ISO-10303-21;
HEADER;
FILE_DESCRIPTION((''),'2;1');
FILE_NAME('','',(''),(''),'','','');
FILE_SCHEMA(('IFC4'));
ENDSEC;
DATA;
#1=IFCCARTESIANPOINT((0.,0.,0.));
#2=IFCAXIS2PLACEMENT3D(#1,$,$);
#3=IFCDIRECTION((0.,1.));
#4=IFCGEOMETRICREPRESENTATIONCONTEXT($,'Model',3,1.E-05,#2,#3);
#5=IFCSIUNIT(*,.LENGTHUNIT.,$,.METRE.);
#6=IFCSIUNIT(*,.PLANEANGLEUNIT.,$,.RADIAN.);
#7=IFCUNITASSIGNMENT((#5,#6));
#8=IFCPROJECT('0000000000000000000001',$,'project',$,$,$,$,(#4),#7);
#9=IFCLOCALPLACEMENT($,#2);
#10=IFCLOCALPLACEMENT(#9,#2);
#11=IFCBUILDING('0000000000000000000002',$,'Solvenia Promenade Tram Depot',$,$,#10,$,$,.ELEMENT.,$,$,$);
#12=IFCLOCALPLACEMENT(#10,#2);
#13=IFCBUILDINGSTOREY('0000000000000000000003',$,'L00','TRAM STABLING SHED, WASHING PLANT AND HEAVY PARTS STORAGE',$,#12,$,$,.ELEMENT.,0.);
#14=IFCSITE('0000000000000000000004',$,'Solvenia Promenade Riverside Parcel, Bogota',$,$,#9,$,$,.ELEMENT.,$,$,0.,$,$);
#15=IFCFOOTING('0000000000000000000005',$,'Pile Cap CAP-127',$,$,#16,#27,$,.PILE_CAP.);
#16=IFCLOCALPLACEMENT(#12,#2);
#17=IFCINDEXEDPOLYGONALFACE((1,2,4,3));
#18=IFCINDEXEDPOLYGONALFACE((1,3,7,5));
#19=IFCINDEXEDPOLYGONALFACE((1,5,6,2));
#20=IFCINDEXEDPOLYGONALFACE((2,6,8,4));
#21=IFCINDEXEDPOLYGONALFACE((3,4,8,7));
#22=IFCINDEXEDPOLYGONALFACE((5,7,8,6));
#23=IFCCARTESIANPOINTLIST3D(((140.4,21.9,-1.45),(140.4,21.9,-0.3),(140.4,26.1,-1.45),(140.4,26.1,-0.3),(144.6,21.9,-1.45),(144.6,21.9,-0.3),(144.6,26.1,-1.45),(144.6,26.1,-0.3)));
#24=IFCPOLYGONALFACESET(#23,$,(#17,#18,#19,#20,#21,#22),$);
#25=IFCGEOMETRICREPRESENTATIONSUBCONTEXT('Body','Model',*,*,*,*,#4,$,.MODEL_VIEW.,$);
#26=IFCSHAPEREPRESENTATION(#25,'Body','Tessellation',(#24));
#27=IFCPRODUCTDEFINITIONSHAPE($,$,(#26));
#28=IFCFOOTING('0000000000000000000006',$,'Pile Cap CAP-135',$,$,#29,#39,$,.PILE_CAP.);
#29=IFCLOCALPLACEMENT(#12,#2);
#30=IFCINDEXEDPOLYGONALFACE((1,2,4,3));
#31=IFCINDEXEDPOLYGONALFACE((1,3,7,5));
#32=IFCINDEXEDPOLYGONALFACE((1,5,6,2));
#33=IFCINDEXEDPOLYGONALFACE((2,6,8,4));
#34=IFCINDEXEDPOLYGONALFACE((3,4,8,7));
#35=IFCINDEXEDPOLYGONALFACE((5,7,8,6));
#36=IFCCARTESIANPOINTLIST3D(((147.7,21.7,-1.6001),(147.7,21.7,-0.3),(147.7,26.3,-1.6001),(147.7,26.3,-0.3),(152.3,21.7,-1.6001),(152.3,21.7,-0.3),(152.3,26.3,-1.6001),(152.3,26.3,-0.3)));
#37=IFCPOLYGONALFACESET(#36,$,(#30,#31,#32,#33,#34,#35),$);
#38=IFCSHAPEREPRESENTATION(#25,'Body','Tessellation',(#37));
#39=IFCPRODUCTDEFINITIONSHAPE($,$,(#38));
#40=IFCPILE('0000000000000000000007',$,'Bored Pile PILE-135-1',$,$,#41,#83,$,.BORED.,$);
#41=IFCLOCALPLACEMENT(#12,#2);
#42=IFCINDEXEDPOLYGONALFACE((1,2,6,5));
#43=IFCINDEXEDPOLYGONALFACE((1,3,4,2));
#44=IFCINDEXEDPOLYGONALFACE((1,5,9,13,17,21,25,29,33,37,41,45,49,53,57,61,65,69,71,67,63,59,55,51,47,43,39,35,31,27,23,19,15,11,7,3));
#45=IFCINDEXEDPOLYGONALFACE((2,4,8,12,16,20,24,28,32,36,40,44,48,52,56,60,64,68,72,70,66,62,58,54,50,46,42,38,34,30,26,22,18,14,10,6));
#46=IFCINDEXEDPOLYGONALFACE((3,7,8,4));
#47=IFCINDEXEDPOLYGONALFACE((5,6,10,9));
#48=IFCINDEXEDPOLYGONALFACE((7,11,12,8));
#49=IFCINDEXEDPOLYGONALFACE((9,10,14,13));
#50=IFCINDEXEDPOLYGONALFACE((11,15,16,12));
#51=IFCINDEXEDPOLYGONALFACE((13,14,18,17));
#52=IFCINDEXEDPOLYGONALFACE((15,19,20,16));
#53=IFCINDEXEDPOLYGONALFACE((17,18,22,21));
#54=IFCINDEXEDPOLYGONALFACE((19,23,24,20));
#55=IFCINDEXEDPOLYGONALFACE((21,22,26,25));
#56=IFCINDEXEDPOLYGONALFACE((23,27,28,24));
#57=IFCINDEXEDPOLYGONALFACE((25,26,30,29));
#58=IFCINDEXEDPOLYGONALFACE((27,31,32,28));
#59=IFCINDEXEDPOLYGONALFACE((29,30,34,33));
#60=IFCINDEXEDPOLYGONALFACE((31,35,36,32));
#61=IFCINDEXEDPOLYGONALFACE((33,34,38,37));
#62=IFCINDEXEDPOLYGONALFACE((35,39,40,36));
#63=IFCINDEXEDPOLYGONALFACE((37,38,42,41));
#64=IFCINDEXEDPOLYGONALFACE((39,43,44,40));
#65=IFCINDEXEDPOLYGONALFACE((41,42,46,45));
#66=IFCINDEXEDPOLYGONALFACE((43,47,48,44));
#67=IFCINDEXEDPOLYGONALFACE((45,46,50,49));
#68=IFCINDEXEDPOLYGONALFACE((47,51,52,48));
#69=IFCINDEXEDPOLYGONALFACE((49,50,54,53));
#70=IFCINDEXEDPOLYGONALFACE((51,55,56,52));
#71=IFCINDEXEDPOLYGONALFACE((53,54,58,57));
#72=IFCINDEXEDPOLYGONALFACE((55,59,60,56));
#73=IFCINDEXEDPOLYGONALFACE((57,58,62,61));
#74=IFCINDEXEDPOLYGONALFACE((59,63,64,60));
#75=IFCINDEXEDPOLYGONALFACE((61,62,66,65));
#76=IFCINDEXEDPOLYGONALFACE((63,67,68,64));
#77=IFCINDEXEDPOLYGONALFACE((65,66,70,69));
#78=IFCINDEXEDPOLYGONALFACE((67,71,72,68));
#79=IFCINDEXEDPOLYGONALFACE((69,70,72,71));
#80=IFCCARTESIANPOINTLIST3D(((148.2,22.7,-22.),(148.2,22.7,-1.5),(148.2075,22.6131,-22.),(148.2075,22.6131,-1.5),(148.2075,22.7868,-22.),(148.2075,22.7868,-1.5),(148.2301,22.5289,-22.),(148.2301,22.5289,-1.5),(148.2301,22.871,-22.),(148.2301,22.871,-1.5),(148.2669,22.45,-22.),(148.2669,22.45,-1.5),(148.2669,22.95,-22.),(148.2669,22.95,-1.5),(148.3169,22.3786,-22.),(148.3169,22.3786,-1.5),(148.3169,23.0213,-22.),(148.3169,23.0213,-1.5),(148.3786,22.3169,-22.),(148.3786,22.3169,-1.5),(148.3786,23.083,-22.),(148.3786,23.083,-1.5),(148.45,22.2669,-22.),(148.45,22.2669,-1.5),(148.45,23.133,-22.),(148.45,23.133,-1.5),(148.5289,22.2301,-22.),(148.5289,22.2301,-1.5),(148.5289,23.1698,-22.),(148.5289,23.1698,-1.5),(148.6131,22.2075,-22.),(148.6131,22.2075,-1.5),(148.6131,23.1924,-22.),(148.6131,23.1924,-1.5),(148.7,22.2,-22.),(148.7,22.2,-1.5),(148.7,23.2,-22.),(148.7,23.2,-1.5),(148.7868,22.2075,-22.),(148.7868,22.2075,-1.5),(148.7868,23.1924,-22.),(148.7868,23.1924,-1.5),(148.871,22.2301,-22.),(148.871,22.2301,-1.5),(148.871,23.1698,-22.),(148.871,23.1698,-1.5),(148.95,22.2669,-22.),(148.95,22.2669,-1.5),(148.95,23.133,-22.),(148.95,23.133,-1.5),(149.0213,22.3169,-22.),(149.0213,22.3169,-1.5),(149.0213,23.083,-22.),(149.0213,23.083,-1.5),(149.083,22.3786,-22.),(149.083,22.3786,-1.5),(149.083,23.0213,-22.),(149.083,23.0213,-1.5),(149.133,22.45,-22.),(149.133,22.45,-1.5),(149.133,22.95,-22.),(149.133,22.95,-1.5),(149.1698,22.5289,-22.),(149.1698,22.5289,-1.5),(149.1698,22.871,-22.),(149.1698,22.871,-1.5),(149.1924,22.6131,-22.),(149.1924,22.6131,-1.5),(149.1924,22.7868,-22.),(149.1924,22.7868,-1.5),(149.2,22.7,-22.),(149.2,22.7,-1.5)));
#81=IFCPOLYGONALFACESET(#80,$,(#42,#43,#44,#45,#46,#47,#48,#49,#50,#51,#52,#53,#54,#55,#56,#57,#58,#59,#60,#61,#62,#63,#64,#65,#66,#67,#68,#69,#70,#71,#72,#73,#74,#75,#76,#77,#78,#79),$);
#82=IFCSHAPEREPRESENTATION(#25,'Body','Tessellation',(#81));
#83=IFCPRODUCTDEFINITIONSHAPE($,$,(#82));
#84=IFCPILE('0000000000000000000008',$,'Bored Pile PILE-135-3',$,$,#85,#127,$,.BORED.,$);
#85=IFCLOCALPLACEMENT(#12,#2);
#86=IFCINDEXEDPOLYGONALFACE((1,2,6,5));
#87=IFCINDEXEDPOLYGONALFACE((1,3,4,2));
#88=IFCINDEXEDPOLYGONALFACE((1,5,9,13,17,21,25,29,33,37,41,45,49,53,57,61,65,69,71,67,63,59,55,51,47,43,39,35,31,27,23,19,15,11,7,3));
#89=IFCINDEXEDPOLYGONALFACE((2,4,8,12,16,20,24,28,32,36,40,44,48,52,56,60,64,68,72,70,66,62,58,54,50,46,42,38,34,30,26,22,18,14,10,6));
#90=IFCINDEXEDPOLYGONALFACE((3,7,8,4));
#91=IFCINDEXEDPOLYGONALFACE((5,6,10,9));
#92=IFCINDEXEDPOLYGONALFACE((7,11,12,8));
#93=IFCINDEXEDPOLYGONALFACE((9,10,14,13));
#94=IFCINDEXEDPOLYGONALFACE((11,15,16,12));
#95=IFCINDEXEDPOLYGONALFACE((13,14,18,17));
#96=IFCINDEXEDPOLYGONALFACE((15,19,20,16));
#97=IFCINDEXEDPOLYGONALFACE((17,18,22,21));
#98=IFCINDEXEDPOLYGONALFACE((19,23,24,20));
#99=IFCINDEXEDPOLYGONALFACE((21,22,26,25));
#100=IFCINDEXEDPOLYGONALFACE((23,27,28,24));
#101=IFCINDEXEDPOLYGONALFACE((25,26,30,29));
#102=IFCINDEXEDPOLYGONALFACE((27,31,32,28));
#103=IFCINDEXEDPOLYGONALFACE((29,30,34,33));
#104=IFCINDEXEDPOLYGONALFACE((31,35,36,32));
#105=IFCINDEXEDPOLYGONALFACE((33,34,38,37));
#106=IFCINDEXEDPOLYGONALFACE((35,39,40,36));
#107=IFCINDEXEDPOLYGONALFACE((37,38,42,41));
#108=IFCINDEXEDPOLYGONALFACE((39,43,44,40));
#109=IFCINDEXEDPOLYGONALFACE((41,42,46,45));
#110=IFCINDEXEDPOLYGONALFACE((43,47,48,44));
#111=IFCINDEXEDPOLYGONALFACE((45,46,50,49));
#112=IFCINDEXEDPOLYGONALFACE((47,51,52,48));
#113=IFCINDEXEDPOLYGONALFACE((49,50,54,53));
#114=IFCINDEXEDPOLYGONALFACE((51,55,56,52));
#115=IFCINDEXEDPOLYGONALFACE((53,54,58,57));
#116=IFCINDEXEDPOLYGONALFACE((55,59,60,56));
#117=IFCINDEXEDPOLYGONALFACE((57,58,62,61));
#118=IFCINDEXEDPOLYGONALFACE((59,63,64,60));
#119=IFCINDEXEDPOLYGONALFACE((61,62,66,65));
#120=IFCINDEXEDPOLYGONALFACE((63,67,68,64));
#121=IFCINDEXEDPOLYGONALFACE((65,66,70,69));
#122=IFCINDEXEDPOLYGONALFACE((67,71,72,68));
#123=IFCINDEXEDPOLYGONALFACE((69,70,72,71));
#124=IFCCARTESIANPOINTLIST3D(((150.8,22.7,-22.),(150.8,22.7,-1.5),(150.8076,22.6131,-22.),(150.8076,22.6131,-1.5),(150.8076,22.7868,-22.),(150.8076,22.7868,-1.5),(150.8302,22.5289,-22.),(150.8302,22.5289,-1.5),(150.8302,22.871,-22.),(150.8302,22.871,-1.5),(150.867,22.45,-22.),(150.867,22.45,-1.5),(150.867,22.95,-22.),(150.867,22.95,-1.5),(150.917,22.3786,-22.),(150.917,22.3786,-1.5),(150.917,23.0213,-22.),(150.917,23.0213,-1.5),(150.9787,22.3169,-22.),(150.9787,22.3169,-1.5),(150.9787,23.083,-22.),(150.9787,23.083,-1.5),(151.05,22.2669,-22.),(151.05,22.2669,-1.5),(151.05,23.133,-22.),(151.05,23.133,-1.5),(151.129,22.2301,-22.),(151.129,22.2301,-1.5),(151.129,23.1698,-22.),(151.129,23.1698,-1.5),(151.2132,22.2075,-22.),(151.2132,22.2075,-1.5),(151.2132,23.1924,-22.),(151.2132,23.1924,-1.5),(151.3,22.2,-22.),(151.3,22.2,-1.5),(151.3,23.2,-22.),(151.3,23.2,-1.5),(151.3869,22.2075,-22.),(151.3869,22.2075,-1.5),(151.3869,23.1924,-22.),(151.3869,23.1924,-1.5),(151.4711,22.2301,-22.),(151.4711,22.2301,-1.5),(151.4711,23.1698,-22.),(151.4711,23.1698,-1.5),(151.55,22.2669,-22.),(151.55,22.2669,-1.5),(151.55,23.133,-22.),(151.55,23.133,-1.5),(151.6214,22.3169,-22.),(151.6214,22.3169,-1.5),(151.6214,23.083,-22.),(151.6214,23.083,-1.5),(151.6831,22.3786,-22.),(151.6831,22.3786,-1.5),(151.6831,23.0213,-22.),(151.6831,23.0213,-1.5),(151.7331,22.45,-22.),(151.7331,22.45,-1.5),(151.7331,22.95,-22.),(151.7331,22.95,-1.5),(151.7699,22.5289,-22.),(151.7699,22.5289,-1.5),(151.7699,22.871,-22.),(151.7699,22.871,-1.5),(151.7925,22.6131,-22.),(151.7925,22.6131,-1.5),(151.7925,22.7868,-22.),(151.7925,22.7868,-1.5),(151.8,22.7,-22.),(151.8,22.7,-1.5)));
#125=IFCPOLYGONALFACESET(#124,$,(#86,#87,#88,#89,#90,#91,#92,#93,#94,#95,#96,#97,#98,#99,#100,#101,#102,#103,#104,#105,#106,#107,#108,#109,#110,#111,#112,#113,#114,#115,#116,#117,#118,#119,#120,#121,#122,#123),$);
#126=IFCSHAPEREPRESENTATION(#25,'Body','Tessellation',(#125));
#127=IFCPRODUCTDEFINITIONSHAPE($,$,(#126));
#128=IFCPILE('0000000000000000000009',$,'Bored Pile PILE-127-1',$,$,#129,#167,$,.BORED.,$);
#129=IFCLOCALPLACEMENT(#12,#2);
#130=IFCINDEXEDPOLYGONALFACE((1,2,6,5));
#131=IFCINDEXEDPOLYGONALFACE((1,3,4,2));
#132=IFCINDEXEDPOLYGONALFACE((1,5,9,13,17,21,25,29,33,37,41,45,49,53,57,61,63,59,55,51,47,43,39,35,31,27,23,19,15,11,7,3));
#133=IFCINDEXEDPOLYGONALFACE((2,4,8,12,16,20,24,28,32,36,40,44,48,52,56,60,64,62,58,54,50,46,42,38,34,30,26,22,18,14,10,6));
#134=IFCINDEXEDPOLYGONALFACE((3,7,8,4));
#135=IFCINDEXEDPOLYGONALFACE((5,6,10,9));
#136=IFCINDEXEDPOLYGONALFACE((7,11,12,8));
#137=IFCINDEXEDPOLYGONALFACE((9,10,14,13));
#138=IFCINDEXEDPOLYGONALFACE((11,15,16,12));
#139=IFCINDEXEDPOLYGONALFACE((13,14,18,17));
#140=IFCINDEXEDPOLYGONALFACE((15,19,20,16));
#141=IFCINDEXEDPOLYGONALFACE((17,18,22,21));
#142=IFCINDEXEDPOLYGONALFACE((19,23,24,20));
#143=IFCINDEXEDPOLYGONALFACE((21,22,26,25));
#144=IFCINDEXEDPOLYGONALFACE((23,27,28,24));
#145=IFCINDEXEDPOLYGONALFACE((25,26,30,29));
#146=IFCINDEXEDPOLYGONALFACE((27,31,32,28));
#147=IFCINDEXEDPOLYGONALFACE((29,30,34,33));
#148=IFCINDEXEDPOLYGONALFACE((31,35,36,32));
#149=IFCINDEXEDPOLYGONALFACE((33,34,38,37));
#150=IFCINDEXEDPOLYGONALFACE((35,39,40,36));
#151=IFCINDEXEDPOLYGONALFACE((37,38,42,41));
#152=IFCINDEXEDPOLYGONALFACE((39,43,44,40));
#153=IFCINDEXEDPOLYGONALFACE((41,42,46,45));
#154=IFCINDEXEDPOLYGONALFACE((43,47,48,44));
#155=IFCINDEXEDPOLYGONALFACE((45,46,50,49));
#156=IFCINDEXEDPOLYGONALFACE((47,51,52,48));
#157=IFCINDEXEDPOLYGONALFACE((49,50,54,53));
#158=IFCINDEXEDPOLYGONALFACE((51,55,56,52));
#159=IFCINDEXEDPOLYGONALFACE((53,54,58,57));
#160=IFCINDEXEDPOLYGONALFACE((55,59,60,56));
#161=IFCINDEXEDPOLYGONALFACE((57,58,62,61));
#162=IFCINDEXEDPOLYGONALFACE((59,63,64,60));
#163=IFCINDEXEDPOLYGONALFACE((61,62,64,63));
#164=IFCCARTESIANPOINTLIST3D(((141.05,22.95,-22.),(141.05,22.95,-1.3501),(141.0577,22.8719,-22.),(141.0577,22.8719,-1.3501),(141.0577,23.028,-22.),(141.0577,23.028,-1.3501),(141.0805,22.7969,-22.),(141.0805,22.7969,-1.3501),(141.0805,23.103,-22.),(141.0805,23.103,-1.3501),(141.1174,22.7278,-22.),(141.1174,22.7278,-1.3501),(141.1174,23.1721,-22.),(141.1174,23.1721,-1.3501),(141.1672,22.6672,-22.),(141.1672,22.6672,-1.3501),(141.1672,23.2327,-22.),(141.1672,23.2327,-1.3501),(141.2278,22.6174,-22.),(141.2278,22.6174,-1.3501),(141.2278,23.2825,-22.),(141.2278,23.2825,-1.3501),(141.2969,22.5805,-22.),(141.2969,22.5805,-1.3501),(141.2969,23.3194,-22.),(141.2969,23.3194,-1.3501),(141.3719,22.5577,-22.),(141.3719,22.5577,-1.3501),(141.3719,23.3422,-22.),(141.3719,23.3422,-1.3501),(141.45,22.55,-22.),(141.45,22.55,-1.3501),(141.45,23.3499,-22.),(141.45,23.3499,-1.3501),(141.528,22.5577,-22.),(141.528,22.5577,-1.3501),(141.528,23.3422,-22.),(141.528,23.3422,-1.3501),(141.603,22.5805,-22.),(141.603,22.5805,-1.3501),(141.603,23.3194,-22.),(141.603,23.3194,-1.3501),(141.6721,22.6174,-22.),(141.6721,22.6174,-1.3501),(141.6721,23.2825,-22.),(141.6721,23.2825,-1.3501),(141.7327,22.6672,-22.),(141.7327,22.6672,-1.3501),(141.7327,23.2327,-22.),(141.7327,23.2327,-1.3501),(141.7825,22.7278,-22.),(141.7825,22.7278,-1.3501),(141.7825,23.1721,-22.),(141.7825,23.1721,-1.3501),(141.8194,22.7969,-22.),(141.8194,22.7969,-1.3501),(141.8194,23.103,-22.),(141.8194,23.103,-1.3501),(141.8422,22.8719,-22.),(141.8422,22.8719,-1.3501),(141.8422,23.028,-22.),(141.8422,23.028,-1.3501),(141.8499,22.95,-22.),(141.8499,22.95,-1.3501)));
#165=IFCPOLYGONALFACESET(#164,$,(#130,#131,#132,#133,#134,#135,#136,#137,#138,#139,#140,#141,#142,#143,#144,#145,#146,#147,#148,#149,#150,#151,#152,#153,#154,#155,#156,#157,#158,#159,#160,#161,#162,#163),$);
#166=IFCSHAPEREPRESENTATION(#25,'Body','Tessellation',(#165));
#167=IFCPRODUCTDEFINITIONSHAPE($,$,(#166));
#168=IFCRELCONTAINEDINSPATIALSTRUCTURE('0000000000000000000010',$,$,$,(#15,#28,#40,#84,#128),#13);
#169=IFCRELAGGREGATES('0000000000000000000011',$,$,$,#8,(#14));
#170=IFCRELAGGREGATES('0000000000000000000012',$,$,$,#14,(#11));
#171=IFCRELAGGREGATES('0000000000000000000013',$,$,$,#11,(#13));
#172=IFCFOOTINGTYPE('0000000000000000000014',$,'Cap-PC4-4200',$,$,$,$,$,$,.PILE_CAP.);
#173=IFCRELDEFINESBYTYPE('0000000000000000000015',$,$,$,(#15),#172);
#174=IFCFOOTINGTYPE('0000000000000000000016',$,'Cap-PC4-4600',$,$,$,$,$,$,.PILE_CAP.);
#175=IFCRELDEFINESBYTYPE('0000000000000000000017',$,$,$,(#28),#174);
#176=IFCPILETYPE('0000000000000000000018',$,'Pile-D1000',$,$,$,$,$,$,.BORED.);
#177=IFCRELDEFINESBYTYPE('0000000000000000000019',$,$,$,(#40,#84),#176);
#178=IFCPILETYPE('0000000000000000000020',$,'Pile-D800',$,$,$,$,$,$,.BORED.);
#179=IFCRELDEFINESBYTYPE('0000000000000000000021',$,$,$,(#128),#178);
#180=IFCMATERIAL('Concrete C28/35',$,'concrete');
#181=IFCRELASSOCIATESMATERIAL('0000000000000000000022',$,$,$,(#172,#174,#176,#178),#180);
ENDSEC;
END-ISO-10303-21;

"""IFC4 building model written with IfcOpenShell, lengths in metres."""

from ifc_helpers import new_model, si_unit, direction, frame, origin, origin_2d, place, context, subcontext, project, spatial, rectangle, circle, extrude, material, material_profile, profile_set, type_object, element, save


model = new_model("IFC4")

# Units and contexts
model_context = context("Model", 3, precision=1e-05, world=origin(), true_north=direction((0.0, 1.0)))
body_context = subcontext(model_context, "Body", "Model", "MODEL_VIEW")
ifc_project = project(units=[si_unit("LENGTHUNIT", "METRE"), si_unit("PLANEANGLEUNIT", "RADIAN")], contexts=[model_context])

# Site, building, storey
site_placement = place(None, origin())
site = spatial("IfcSite", under=ifc_project, at=site_placement, Name="Solvenia Promenade Riverside Parcel, Bogota", CompositionType="ELEMENT", RefElevation=0.0)
building_placement = place(site_placement, origin())
building = spatial("IfcBuilding", under=site, at=building_placement, Name="Solvenia Promenade Tram Depot", CompositionType="ELEMENT")
storey_placement = place(building_placement, origin())
storey = spatial("IfcBuildingStorey", under=building, at=storey_placement, Name="L00", Description="TRAM STABLING SHED, WASHING PLANT AND HEAVY PARTS STORAGE", CompositionType="ELEMENT", Elevation=0.0)

# Footings
ifc_material_1 = material(Name="Concrete C28/35", Category="concrete")
footing_type_1 = type_object("IfcFootingType", Name="Cap-PC4-4200", PredefinedType="PILE_CAP", material=ifc_material_1)
footing_1_placement = place(storey_placement, frame((142.5, 24.0, -1.45), z_axis=(0.0, 0.0, 1.0), x_axis=(1.0, 0.0, 0.0)))
element("IfcFooting", 1, at=footing_1_placement, inside=storey, type_object=footing_type_1, Name="Pile Cap CAP-127", PredefinedType="PILE_CAP", context=body_context, shape_type="SweptSolid", body=[
    extrude(rectangle(XDim=4.2, YDim=4.2, at=origin_2d()), origin(), (0.0, 0.0, 1.0), 1.1499),
])
footing_type_2 = type_object("IfcFootingType", Name="Cap-PC4-4600", PredefinedType="PILE_CAP", material=ifc_material_1)
footing_2_placement = place(storey_placement, frame((150.0, 24.0, -1.6001), z_axis=(0.0, 0.0, 1.0), x_axis=(1.0, 0.0, 0.0)))
element("IfcFooting", 2, at=footing_2_placement, inside=storey, type_object=footing_type_2, Name="Pile Cap CAP-135", PredefinedType="PILE_CAP", context=body_context, shape_type="SweptSolid", body=[
    extrude(rectangle(XDim=4.6001, YDim=4.6001, at=origin_2d()), origin(), (0.0, 0.0, 1.0), 1.3),
])

# Piles
ifc_material_profile_1 = material_profile(ifc_material_1, circle(Radius=0.5, at=origin_2d()), Name="D1000", Category="concrete")
ifc_profile_set_1 = profile_set([ifc_material_profile_1], Name="Concrete C28/35")
pile_type_1 = type_object("IfcPileType", Name="Pile-D1000", PredefinedType="BORED", material=ifc_profile_set_1)
for number, where, z_axis, x_axis, name in (
    (3, (148.7, 22.7, -1.5), (0.0, 0.0, -1.0), (1.0, 0.0, 0.0), "Bored Pile PILE-135-1"),
    (4, (151.3, 22.7, -1.5), (0.0, 0.0, -1.0), (1.0, 0.0, 0.0), "Bored Pile PILE-135-3"),
):
    element("IfcPile", number, at=place(storey_placement, frame(where, z_axis=z_axis, x_axis=x_axis)), inside=storey, type_object=pile_type_1, Name=name, PredefinedType="BORED", context=body_context, shape_type="SweptSolid", body=[
        extrude(circle(Radius=0.5, at=origin_2d()), origin(), (0.0, 0.0, 1.0), 20.5),
    ])
ifc_material_profile_2 = material_profile(ifc_material_1, circle(Radius=0.3999, at=origin_2d()), Name="D800", Category="concrete")
ifc_profile_set_2 = profile_set([ifc_material_profile_2], Name="Concrete C28/35")
pile_type_2 = type_object("IfcPileType", Name="Pile-D800", PredefinedType="BORED", material=ifc_profile_set_2)
for number, where, z_axis, x_axis, name in (
    (5, (141.45, 22.95, -1.3501), (0.0, 0.0, -1.0), (1.0, 0.0, 0.0), "Bored Pile PILE-127-1"),
):
    element("IfcPile", number, at=place(storey_placement, frame(where, z_axis=z_axis, x_axis=x_axis)), inside=storey, type_object=pile_type_2, Name=name, PredefinedType="BORED", context=body_context, shape_type="SweptSolid", body=[
        extrude(circle(Radius=0.3999, at=origin_2d()), origin(), (0.0, 0.0, 1.0), 20.6499),
    ])

save(model, "model.ifc")
